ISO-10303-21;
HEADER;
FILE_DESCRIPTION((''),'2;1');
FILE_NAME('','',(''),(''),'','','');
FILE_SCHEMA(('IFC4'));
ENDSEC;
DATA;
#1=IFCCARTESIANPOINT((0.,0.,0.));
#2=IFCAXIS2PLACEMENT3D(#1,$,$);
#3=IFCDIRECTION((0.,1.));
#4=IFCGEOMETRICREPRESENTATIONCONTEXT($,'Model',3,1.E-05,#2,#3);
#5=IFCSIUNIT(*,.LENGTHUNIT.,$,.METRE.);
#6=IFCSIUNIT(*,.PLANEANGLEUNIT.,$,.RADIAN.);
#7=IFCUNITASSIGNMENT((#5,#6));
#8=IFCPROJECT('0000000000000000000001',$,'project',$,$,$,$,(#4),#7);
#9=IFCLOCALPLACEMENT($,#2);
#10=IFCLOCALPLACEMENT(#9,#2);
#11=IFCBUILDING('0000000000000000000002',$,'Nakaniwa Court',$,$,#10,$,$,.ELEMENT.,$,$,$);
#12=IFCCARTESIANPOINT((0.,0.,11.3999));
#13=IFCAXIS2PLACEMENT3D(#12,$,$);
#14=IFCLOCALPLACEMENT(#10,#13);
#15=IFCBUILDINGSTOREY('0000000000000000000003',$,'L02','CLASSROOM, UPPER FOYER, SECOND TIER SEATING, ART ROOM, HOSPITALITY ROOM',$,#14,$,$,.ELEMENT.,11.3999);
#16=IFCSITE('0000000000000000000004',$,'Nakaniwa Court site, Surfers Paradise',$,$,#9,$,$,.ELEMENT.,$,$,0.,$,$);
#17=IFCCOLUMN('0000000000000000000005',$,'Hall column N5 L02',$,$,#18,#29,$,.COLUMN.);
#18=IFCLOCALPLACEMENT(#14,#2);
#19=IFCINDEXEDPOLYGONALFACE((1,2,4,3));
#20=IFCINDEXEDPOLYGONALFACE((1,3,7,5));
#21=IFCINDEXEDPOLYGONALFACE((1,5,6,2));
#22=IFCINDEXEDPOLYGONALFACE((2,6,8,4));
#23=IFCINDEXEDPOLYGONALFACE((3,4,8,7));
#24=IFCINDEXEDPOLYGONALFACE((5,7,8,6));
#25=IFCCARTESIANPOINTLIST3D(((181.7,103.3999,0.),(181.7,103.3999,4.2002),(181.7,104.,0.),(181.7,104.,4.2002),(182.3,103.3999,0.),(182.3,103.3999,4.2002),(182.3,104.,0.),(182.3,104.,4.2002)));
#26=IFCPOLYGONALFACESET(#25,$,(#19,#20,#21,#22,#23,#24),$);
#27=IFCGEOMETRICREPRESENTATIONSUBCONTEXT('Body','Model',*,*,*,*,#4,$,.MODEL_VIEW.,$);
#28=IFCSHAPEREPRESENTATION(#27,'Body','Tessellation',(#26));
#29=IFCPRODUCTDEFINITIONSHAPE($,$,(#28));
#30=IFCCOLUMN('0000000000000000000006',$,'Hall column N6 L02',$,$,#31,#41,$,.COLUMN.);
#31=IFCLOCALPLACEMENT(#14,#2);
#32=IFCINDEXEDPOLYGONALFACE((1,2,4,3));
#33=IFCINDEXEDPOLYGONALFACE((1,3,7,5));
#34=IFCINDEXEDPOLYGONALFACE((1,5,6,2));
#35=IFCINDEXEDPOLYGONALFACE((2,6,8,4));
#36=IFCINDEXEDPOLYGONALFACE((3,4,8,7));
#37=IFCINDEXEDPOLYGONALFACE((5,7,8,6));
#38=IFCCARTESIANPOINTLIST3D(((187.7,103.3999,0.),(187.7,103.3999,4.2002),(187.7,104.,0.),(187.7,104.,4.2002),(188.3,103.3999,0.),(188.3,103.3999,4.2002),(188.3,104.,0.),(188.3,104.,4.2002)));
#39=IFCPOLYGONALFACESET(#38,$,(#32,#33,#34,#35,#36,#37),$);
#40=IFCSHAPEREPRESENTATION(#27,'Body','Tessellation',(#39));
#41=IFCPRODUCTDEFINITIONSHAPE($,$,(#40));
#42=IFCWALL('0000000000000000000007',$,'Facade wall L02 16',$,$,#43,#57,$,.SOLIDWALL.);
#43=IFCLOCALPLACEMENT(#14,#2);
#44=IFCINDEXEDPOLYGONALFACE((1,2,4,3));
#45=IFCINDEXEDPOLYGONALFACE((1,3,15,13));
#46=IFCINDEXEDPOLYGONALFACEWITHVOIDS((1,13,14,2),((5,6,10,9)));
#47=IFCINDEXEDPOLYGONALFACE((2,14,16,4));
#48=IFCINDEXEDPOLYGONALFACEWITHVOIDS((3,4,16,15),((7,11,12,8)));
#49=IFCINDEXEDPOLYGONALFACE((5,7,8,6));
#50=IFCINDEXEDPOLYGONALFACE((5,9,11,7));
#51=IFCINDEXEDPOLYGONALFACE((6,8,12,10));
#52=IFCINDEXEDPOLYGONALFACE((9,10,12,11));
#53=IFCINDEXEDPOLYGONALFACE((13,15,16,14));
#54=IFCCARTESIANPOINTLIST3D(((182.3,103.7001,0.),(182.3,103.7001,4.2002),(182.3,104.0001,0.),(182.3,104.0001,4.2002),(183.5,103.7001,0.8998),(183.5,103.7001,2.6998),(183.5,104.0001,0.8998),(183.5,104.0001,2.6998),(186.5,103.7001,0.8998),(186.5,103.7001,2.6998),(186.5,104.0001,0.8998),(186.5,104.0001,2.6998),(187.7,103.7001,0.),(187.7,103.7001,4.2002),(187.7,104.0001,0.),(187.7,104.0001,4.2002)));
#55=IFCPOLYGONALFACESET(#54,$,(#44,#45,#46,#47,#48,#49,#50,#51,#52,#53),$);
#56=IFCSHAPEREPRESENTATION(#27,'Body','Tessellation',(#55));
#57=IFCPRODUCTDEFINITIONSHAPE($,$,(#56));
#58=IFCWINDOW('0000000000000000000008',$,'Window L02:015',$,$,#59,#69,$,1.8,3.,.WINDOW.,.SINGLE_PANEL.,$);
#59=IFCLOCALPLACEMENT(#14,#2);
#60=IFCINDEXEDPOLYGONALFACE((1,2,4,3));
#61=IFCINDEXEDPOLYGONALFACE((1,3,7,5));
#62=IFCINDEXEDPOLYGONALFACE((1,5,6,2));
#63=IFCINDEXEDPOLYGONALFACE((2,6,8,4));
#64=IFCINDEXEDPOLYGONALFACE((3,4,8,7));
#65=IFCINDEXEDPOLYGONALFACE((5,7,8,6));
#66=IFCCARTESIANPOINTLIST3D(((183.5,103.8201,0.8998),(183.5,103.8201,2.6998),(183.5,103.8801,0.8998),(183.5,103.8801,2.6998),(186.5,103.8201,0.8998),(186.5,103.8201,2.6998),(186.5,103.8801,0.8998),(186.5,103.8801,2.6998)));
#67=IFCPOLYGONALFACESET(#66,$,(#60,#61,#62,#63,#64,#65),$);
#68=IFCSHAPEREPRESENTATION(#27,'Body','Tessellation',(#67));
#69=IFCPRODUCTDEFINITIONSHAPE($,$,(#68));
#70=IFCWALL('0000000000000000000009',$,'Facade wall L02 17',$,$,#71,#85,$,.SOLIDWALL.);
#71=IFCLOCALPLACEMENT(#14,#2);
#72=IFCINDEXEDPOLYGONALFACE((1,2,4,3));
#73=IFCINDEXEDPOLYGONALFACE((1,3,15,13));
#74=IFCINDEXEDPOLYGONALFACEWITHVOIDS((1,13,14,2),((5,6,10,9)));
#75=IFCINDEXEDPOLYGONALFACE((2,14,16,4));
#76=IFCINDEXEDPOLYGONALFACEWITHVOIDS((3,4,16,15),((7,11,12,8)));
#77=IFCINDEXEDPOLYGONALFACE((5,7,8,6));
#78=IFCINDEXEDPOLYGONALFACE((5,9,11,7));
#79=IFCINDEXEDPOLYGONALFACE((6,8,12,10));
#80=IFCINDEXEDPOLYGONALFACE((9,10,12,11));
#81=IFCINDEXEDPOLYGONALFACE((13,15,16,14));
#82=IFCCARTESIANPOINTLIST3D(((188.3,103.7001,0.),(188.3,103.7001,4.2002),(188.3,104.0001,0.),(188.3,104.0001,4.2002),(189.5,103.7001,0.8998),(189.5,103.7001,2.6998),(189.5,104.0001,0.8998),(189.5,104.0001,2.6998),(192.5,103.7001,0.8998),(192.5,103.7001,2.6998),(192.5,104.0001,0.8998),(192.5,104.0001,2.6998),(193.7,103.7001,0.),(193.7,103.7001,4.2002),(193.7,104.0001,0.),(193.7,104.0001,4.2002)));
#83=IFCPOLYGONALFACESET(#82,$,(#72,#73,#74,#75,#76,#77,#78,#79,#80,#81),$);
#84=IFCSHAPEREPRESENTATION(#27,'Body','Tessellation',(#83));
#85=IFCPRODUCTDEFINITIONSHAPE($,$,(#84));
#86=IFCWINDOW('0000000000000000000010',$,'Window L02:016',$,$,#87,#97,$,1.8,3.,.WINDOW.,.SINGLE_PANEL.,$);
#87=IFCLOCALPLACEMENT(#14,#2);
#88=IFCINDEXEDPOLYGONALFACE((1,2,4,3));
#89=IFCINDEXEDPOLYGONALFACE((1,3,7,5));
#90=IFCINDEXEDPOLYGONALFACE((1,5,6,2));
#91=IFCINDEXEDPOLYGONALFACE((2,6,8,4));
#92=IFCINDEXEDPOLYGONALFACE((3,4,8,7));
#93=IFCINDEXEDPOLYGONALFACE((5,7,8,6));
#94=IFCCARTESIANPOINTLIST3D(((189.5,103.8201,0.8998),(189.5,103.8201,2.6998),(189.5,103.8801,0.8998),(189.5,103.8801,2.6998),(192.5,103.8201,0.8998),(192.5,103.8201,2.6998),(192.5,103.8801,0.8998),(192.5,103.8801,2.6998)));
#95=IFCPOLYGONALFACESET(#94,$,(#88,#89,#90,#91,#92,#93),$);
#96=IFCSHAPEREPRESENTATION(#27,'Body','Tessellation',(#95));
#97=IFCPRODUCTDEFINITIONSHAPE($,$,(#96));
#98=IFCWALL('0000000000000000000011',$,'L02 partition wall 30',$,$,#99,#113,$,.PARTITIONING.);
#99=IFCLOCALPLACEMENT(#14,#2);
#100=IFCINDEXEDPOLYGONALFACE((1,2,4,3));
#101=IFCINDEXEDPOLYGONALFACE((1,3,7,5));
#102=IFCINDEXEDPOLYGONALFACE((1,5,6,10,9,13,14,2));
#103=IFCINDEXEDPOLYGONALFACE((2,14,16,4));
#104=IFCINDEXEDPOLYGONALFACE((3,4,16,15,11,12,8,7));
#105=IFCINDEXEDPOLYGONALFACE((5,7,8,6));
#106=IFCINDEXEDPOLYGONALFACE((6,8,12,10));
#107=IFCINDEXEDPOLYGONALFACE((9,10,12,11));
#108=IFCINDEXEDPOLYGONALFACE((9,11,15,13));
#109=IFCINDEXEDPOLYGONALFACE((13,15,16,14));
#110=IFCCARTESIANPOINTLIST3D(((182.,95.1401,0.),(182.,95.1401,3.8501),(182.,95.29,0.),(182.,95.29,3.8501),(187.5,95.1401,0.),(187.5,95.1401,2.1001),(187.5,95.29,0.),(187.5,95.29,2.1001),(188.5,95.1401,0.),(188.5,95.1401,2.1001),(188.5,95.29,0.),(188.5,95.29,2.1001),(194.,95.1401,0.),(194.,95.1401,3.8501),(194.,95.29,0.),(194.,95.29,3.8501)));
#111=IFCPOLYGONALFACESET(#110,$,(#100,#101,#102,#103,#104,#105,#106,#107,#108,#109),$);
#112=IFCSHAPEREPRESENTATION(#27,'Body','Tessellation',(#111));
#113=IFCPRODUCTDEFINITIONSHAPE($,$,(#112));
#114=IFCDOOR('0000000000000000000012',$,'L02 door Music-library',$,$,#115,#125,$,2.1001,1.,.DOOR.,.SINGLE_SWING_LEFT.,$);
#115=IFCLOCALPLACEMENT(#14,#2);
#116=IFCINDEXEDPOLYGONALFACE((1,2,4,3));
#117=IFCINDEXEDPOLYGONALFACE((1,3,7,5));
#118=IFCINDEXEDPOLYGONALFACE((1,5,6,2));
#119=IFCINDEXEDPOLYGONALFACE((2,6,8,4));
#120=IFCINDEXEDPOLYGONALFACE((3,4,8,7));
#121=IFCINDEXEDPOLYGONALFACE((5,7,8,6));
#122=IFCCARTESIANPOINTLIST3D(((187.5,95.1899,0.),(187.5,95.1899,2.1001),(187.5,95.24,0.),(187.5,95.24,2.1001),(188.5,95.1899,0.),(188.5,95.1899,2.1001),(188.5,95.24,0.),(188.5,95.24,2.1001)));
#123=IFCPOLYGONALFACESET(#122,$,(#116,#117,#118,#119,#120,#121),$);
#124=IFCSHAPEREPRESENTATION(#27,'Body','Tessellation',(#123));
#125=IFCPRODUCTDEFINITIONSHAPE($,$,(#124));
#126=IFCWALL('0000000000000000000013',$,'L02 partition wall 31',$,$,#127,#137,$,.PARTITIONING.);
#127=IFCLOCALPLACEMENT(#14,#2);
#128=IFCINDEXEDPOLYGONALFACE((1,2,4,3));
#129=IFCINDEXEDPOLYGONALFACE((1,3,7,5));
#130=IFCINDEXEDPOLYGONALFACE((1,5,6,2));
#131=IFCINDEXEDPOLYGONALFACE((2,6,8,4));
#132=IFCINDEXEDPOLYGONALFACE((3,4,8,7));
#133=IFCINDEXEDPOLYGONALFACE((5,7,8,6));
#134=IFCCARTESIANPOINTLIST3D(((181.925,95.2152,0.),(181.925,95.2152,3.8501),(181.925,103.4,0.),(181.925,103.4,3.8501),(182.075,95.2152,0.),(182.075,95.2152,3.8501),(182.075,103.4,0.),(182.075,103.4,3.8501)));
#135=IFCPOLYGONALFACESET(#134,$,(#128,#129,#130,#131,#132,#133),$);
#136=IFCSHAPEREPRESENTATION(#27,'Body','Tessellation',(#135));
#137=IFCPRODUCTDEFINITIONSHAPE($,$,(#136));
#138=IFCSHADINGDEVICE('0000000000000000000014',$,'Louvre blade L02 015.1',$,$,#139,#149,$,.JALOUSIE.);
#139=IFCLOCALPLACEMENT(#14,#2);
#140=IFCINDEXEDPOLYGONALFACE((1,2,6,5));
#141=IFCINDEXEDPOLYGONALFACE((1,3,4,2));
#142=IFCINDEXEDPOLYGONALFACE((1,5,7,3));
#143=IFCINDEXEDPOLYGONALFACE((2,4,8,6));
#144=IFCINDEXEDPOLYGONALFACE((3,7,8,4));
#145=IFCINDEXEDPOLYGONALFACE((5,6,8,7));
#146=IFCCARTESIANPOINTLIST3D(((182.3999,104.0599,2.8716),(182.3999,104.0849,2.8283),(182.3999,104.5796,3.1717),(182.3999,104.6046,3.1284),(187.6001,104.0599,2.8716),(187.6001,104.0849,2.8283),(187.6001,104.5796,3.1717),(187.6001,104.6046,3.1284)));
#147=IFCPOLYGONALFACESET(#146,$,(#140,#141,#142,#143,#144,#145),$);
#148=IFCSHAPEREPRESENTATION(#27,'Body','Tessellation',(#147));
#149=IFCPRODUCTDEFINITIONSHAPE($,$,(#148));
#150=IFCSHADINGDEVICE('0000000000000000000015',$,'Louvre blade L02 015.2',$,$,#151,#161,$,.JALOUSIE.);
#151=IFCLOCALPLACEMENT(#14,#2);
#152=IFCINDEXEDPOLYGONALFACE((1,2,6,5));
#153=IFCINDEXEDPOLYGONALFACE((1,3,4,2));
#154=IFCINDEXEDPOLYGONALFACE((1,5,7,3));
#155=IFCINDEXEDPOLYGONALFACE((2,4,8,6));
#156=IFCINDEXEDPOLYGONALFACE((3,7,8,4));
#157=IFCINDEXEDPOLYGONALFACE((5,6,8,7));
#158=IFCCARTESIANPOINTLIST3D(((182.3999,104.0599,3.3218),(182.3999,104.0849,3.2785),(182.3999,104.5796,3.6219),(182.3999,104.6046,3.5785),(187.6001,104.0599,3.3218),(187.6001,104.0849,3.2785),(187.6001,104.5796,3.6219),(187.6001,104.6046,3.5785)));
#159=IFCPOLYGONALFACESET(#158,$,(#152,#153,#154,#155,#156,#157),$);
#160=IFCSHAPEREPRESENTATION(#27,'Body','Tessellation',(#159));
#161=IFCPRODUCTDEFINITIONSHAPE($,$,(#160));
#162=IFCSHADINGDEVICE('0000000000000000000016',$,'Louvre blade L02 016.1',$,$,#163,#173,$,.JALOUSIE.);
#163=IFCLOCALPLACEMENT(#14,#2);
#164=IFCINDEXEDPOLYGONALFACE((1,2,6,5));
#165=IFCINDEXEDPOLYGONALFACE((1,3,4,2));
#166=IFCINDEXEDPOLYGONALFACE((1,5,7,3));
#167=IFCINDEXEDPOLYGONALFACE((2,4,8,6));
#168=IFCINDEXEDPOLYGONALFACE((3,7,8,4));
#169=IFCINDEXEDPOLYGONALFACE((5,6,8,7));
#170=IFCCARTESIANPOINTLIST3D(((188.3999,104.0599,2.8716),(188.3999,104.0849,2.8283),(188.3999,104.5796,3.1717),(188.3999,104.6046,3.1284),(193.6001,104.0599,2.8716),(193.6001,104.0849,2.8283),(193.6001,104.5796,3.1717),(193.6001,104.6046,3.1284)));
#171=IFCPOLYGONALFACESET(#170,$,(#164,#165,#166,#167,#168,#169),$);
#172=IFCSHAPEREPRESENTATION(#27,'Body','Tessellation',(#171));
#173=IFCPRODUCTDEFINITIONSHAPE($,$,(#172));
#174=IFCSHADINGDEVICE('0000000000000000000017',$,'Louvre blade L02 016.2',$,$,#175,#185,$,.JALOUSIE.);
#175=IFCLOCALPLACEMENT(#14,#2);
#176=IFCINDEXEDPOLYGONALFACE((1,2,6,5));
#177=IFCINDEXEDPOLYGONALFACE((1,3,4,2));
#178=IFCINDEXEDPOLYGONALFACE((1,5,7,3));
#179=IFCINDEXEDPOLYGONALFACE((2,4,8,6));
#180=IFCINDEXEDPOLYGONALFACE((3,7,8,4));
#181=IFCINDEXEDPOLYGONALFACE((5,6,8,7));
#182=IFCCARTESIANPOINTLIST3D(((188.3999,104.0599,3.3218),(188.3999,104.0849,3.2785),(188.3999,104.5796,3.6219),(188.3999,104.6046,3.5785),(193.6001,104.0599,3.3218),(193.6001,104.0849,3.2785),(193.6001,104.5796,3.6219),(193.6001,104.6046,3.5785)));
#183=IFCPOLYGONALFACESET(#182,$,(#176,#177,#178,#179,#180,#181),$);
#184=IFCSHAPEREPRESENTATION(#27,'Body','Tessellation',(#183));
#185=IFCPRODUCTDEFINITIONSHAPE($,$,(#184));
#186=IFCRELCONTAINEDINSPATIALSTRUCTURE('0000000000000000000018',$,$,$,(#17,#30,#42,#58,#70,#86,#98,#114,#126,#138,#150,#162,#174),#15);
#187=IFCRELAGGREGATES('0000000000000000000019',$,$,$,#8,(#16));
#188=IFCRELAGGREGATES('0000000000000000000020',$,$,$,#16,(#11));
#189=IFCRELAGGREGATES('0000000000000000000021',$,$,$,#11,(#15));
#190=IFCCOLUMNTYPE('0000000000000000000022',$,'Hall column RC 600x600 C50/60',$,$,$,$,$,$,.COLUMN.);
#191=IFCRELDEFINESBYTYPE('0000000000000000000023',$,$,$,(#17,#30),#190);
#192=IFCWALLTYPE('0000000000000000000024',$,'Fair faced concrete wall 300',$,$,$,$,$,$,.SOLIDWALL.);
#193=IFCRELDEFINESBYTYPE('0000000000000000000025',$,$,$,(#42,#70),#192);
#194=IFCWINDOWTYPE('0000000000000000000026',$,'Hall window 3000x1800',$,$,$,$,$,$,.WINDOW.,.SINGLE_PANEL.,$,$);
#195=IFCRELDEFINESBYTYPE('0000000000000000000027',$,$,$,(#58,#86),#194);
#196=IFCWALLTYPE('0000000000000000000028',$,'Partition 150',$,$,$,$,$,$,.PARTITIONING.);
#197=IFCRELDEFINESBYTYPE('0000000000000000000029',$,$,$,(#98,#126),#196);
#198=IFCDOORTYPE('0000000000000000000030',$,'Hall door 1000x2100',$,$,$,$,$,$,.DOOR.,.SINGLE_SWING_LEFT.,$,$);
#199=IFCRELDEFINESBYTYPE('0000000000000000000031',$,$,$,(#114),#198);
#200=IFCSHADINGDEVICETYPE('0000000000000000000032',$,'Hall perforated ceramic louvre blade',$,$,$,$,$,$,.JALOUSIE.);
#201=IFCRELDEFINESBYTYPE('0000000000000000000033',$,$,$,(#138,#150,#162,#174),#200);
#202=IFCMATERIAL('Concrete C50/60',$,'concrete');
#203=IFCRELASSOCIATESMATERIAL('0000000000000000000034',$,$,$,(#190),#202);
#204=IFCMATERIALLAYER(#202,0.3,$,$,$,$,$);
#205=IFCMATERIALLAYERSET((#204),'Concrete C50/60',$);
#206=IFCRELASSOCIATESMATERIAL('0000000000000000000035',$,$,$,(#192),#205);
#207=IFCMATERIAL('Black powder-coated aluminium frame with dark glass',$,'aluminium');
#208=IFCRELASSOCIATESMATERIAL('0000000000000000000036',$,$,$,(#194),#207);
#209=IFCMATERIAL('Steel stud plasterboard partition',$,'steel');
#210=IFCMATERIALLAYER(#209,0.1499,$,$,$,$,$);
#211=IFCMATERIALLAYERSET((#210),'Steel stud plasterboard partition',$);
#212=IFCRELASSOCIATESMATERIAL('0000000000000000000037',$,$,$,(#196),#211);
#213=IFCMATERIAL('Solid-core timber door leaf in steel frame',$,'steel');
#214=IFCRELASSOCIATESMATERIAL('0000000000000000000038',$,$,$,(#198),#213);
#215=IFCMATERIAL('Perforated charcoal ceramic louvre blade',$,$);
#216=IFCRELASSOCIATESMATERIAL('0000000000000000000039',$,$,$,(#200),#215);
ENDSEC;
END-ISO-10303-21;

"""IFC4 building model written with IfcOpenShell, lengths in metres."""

from ifc_helpers import new_model, si_unit, direction, frame, frame_2d, origin, origin_2d, place, context, subcontext, project, spatial, rectangle, extrude, material, layer, layer_set, material_profile, profile_set, type_object, element, fill, save


model = new_model("IFC4")

# Units and contexts
model_context = context("Model", 3, precision=1e-05, world=origin(), true_north=direction((0.0, 1.0)))
body_context = subcontext(model_context, "Body", "Model", "MODEL_VIEW")
ifc_project = project(units=[si_unit("LENGTHUNIT", "METRE"), si_unit("PLANEANGLEUNIT", "RADIAN")], contexts=[model_context])

# Site, building, storey
site_placement = place(None, origin())
site = spatial("IfcSite", under=ifc_project, at=site_placement, Name="Nakaniwa Court site, Surfers Paradise", CompositionType="ELEMENT", RefElevation=0.0)
building_placement = place(site_placement, origin())
building = spatial("IfcBuilding", under=site, at=building_placement, Name="Nakaniwa Court", CompositionType="ELEMENT")
storey_placement = place(building_placement, frame((0.0, 0.0, 11.3999)))
storey = spatial("IfcBuildingStorey", under=building, at=storey_placement, Name="L02", Description="CLASSROOM, UPPER FOYER, SECOND TIER SEATING, ART ROOM, HOSPITALITY ROOM", CompositionType="ELEMENT", Elevation=11.3999)

# Columns
ifc_material_1 = material(Name="Concrete C50/60", Category="concrete")
ifc_material_profile_1 = material_profile(ifc_material_1, rectangle(XDim=0.6001, YDim=0.6001, at=origin_2d()), Name="RC 600x600")
ifc_profile_set_1 = profile_set([ifc_material_profile_1], Name="Concrete C50/60")
column_type = type_object("IfcColumnType", Name="Hall column RC 600x600 C50/60", PredefinedType="COLUMN", material=ifc_profile_set_1)
for number, where, z_axis, x_axis, name in (
    (1, (182.0, 103.7, 0.0), (0.0, 0.0, 1.0), (1.0, 0.0, 0.0), "Hall column N5 L02"),
    (2, (188.0, 103.7, 0.0), (0.0, 0.0, 1.0), (1.0, 0.0, 0.0), "Hall column N6 L02"),
):
    element("IfcColumn", number, at=place(storey_placement, frame(where, z_axis=z_axis, x_axis=x_axis)), inside=storey, type_object=column_type, Name=name, PredefinedType="COLUMN", context=body_context, shape_type="SweptSolid", body=[
        extrude(rectangle(XDim=0.6001, YDim=0.6001, at=origin_2d()), origin(), (0.0, 0.0, 1.0), 4.2002),
    ])

# Walls, openings, windows
ifc_layer_1 = layer(ifc_material_1, 0.3)
ifc_layer_set_1 = layer_set([ifc_layer_1], Name="Concrete C50/60")
wall_type_1 = type_object("IfcWallType", Name="Fair faced concrete wall 300", PredefinedType="SOLIDWALL", material=ifc_layer_set_1)
wall_1_placement = place(storey_placement, frame((182.3, 103.8501, 0.0), z_axis=(0.0, 0.0, 1.0), x_axis=(1.0, 0.0, 0.0)))
wall_1 = element("IfcWall", 3, at=wall_1_placement, inside=storey, type_object=wall_type_1, Name="Facade wall L02 16", PredefinedType="SOLIDWALL", context=body_context, shape_type="SweptSolid", body=[
    extrude(rectangle(XDim=5.3999, YDim=0.3, at=frame_2d((2.7, 0.0))), origin(), (0.0, 0.0, 1.0), 4.2002),
])
opening_1_placement = place(wall_1_placement, frame((1.2, 0.0, 0.8999)))
opening_1 = element("IfcOpeningElement", 4, at=opening_1_placement, cuts=wall_1, PredefinedType="OPENING", context=body_context, shape_type="SweptSolid", body=[
    extrude(rectangle(XDim=3.0, YDim=1.8, at=frame_2d((1.5, 0.8999))), frame((0.0, 0.1599, 0.0), z_axis=(0.0, -1.0, 0.0), x_axis=(1.0, 0.0, 0.0)), (0.0, 0.0, 1.0), 0.3201),
])
ifc_material_2 = material(Name="Black powder-coated aluminium frame with dark glass", Category="aluminium")
window_type = type_object("IfcWindowType", Name="Hall window 3000x1800", PartitioningType="SINGLE_PANEL", PredefinedType="WINDOW", material=ifc_material_2)
window_1_placement = place(opening_1_placement, origin())
window_1 = element("IfcWindow", 5, at=window_1_placement, inside=storey, type_object=window_type, Name="Window L02:015", OverallHeight=1.8, OverallWidth=3.0, PartitioningType="SINGLE_PANEL", PredefinedType="WINDOW", context=body_context, shape_type="SweptSolid", body=[
    extrude(rectangle(XDim=3.0, YDim=1.8, at=frame_2d((1.5, 0.8999))), frame((0.0, 0.03, 0.0), z_axis=(0.0, -1.0, 0.0), x_axis=(1.0, 0.0, 0.0)), (0.0, 0.0, 1.0), 0.0601),
])
fill(opening_1, window_1)
wall_2_placement = place(storey_placement, frame((188.3, 103.8501, 0.0), z_axis=(0.0, 0.0, 1.0), x_axis=(1.0, 0.0, 0.0)))
wall_2 = element("IfcWall", 6, at=wall_2_placement, inside=storey, type_object=wall_type_1, Name="Facade wall L02 17", PredefinedType="SOLIDWALL", context=body_context, shape_type="SweptSolid", body=[
    extrude(rectangle(XDim=5.3999, YDim=0.3, at=frame_2d((2.7, 0.0))), origin(), (0.0, 0.0, 1.0), 4.2002),
])
opening_2_placement = place(wall_2_placement, frame((1.2, 0.0, 0.8999)))
opening_2 = element("IfcOpeningElement", 7, at=opening_2_placement, cuts=wall_2, PredefinedType="OPENING", context=body_context, shape_type="SweptSolid", body=[
    extrude(rectangle(XDim=3.0, YDim=1.8, at=frame_2d((1.5, 0.8999))), frame((0.0, 0.1599, 0.0), z_axis=(0.0, -1.0, 0.0), x_axis=(1.0, 0.0, 0.0)), (0.0, 0.0, 1.0), 0.3201),
])
window_2_placement = place(opening_2_placement, origin())
window_2 = element("IfcWindow", 8, at=window_2_placement, inside=storey, type_object=window_type, Name="Window L02:016", OverallHeight=1.8, OverallWidth=3.0, PartitioningType="SINGLE_PANEL", PredefinedType="WINDOW", context=body_context, shape_type="SweptSolid", body=[
    extrude(rectangle(XDim=3.0, YDim=1.8, at=frame_2d((1.5, 0.8999))), frame((0.0, 0.03, 0.0), z_axis=(0.0, -1.0, 0.0), x_axis=(1.0, 0.0, 0.0)), (0.0, 0.0, 1.0), 0.0601),
])
fill(opening_2, window_2)

# Wall, opening, door
ifc_material_3 = material(Name="Steel stud plasterboard partition", Category="steel")
ifc_layer_2 = layer(ifc_material_3, 0.1499)
ifc_layer_set_2 = layer_set([ifc_layer_2], Name="Steel stud plasterboard partition")
wall_type_2 = type_object("IfcWallType", Name="Partition 150", PredefinedType="PARTITIONING", material=ifc_layer_set_2)
wall_3_placement = place(storey_placement, frame((182.0, 95.2151, 0.0), z_axis=(0.0, 0.0, 1.0), x_axis=(1.0, 0.0, 0.0)))
wall_3 = element("IfcWall", 9, at=wall_3_placement, inside=storey, type_object=wall_type_2, Name="L02 partition wall 30", PredefinedType="PARTITIONING", context=body_context, shape_type="SweptSolid", body=[
    extrude(rectangle(XDim=12.0, YDim=0.1499, at=frame_2d((6.0, 0.0))), origin(), (0.0, 0.0, 1.0), 3.8501),
])
opening_3_placement = place(wall_3_placement, frame((5.5, 0.0, 0.0)))
opening_3 = element("IfcOpeningElement", 10, at=opening_3_placement, cuts=wall_3, PredefinedType="OPENING", context=body_context, shape_type="SweptSolid", body=[
    extrude(rectangle(XDim=1.0, YDim=2.1001, at=frame_2d((0.5, 1.05))), frame((0.0, 0.085, 0.0), z_axis=(0.0, -1.0, 0.0), x_axis=(1.0, 0.0, 0.0)), (0.0, 0.0, 1.0), 0.1699),
])
ifc_material_4 = material(Name="Solid-core timber door leaf in steel frame", Category="steel")
door_type = type_object("IfcDoorType", Name="Hall door 1000x2100", OperationType="SINGLE_SWING_LEFT", PredefinedType="DOOR", material=ifc_material_4)
door_placement = place(opening_3_placement, origin())
door = element("IfcDoor", 11, at=door_placement, inside=storey, type_object=door_type, Name="L02 door Music-library", OperationType="SINGLE_SWING_LEFT", OverallHeight=2.1001, OverallWidth=1.0, PredefinedType="DOOR", context=body_context, shape_type="SweptSolid", body=[
    extrude(rectangle(XDim=1.0, YDim=2.1001, at=frame_2d((0.5, 1.05))), frame((0.0, 0.0249, 0.0), z_axis=(0.0, -1.0, 0.0), x_axis=(1.0, 0.0, 0.0)), (0.0, 0.0, 1.0), 0.05),
])
fill(opening_3, door)

# Wall
wall_4_placement = place(storey_placement, frame((182.0, 103.3999, 0.0), z_axis=(0.0, 0.0, 1.0), x_axis=(0.0, -1.0, 0.0)))
element("IfcWall", 12, at=wall_4_placement, inside=storey, type_object=wall_type_2, Name="L02 partition wall 31", PredefinedType="PARTITIONING", context=body_context, shape_type="SweptSolid", body=[
    extrude(rectangle(XDim=8.1848, YDim=0.1499, at=frame_2d((4.0923, 0.0))), origin(), (0.0, 0.0, 1.0), 3.8501),
])

# Shading devices
ifc_material_5 = material(Name="Perforated charcoal ceramic louvre blade")
ifc_material_profile_2 = material_profile(ifc_material_5, rectangle(XDim=0.6001, YDim=0.05, at=origin_2d()), Name="Hall perforated ceramic louvre blade")
ifc_profile_set_2 = profile_set([ifc_material_profile_2], Name="Perforated charcoal ceramic louvre blade")
shading_device_type = type_object("IfcShadingDeviceType", Name="Hall perforated ceramic louvre blade", PredefinedType="JALOUSIE", material=ifc_profile_set_2)
for number, where, z_axis, x_axis, name in (
    (13, (182.3999, 104.3323, 3.0), (1.0, 0.0, 0.0), (0.0, 0.866025, 0.5), "Louvre blade L02 015.1"),
    (14, (182.3999, 104.3323, 3.4502), (1.0, 0.0, 0.0), (0.0, 0.866025, 0.5), "Louvre blade L02 015.2"),
    (15, (188.3999, 104.3323, 3.0), (1.0, 0.0, 0.0), (0.0, 0.866025, 0.5), "Louvre blade L02 016.1"),
    (16, (188.3999, 104.3323, 3.4502), (1.0, 0.0, 0.0), (0.0, 0.866025, 0.5), "Louvre blade L02 016.2"),
):
    element("IfcShadingDevice", number, at=place(storey_placement, frame(where, z_axis=z_axis, x_axis=x_axis)), inside=storey, type_object=shading_device_type, Name=name, PredefinedType="JALOUSIE", context=body_context, shape_type="SweptSolid", body=[
        extrude(rectangle(XDim=0.6001, YDim=0.05, at=origin_2d()), origin(), (0.0, 0.0, 1.0), 5.2002),
    ])

save(model, "model.ifc")
